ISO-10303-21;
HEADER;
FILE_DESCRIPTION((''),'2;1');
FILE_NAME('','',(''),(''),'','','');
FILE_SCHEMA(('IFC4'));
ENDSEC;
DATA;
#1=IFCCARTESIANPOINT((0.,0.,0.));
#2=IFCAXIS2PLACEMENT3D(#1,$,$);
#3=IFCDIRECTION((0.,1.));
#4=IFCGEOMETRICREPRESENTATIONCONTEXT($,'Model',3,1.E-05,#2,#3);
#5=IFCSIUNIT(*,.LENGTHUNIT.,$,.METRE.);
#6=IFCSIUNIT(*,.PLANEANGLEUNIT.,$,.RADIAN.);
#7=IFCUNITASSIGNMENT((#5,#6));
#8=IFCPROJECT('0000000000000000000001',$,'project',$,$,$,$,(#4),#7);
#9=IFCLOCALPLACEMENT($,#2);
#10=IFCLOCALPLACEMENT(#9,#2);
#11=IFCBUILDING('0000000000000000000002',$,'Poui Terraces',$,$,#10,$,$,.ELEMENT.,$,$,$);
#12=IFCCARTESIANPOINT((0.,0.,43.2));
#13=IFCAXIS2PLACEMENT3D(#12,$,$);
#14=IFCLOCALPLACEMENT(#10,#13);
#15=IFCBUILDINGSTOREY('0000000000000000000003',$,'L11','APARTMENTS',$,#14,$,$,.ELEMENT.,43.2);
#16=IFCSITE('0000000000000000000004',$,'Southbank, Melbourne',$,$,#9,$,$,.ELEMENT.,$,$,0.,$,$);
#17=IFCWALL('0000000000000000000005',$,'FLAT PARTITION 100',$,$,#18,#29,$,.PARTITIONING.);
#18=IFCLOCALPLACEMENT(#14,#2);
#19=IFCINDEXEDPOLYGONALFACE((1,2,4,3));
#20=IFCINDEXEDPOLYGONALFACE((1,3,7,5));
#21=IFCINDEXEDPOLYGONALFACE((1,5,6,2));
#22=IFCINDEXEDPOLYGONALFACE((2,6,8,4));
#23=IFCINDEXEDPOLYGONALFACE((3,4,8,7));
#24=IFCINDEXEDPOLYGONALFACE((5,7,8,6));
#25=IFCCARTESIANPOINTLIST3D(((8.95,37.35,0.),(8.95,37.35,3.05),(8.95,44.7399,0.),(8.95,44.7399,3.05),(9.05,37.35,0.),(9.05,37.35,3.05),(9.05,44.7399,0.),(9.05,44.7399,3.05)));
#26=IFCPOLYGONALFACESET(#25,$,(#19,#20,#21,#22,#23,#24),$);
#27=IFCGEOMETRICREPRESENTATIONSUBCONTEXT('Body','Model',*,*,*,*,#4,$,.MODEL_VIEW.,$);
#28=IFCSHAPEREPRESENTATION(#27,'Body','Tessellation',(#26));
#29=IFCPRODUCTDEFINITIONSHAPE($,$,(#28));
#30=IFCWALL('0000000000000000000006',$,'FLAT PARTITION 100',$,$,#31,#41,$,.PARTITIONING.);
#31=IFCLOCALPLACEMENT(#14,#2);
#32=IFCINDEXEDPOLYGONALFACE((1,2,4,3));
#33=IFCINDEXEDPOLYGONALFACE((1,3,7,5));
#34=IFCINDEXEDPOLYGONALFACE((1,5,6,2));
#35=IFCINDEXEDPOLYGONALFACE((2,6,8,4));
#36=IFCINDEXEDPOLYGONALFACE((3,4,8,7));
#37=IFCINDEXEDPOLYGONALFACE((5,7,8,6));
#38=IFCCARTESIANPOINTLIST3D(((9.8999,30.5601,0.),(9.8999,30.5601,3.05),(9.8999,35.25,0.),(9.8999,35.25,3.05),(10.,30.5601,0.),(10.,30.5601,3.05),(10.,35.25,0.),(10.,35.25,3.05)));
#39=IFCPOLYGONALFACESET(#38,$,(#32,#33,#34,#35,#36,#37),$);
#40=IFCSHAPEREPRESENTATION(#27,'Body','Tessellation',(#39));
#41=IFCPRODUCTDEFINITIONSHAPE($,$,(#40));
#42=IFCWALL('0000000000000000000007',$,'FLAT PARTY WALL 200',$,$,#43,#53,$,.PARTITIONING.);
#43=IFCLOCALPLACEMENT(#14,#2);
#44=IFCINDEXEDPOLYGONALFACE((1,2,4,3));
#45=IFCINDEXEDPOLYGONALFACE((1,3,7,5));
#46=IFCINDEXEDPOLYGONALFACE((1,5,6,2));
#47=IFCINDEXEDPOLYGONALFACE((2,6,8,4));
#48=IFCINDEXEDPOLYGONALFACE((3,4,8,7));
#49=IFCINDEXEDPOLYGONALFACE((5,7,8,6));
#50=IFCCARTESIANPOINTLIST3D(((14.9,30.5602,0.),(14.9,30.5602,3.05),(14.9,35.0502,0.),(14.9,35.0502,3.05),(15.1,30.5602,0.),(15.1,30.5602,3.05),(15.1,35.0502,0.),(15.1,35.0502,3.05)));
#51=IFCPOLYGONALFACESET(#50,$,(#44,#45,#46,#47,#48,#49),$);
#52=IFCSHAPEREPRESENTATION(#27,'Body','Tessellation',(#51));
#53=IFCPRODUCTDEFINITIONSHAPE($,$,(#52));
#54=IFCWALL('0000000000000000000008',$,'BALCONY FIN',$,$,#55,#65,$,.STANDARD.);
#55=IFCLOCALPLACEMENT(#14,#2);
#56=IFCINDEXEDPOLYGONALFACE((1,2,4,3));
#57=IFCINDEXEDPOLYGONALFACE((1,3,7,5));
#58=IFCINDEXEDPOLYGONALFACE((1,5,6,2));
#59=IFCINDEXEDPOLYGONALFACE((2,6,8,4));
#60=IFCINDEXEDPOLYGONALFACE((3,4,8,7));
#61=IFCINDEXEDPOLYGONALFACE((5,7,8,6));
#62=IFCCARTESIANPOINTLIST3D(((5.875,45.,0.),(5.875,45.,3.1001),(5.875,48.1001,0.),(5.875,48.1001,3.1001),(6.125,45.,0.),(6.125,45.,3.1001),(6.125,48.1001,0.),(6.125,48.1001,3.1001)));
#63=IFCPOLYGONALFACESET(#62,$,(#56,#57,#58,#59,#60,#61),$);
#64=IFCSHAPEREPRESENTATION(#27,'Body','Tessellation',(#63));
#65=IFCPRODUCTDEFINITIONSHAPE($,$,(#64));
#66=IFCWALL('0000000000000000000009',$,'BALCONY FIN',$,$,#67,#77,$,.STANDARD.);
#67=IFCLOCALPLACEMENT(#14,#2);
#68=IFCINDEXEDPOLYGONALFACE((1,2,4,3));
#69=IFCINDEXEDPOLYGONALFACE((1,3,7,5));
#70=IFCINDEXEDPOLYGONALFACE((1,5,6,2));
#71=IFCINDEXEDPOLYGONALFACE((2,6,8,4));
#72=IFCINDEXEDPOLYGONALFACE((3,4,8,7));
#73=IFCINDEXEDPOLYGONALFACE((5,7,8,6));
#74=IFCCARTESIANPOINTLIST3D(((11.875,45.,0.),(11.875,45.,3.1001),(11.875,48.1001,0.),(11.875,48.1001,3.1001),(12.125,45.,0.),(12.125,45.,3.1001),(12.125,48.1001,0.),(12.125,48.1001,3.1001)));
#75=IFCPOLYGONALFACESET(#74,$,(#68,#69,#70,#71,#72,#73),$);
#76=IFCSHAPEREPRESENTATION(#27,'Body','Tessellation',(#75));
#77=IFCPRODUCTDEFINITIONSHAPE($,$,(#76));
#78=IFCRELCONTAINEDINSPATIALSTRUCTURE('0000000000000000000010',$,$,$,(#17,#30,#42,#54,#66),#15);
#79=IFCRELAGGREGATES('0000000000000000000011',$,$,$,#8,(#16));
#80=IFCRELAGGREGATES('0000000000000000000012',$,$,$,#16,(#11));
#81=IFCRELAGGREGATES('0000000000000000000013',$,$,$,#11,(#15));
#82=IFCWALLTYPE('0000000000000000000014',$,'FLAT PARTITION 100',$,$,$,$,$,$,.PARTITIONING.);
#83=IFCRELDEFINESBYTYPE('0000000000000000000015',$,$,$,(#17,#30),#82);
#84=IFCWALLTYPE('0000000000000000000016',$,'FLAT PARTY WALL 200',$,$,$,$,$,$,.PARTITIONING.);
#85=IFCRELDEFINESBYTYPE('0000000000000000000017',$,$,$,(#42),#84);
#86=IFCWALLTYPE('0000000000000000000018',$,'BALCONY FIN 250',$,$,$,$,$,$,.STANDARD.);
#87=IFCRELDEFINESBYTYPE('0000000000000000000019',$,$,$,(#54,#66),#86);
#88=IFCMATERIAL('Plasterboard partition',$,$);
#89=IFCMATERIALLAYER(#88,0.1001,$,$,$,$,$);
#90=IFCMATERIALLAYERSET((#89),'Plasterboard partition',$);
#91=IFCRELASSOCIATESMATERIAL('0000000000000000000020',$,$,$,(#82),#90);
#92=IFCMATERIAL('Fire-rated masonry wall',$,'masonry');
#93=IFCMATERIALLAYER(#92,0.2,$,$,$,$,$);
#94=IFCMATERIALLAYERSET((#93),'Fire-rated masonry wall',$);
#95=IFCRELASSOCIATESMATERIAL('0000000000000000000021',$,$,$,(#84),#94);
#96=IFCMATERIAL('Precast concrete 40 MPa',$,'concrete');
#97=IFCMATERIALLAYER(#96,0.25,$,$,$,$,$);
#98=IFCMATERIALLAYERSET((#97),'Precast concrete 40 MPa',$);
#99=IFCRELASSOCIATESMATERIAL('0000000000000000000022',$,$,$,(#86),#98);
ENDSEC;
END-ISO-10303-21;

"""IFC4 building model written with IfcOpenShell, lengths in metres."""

from ifc_helpers import new_model, si_unit, direction, frame, frame_2d, origin, place, context, subcontext, project, spatial, polyline, rectangle, outline, extrude, source, transform, mapped, material, layer, layer_set, type_object, element, save


model = new_model("IFC4")

# Units and contexts
model_context = context("Model", 3, precision=1e-05, world=origin(), true_north=direction((0.0, 1.0)))
body_context = subcontext(model_context, "Body", "Model", "MODEL_VIEW")
ifc_project = project(units=[si_unit("LENGTHUNIT", "METRE"), si_unit("PLANEANGLEUNIT", "RADIAN")], contexts=[model_context])

# Site, building, storey
site_placement = place(None, origin())
site = spatial("IfcSite", under=ifc_project, at=site_placement, Name="Southbank, Melbourne", CompositionType="ELEMENT", RefElevation=0.0)
building_placement = place(site_placement, origin())
building = spatial("IfcBuilding", under=site, at=building_placement, Name="Poui Terraces", CompositionType="ELEMENT")
storey_placement = place(building_placement, frame((0.0, 0.0, 43.2)))
storey = spatial("IfcBuildingStorey", under=building, at=storey_placement, Name="L11", Description="APARTMENTS", CompositionType="ELEMENT", Elevation=43.2)

# Shared definitions
ifc_material_1 = material(Name="Plasterboard partition")
ifc_layer_1 = layer(ifc_material_1, 0.1001)
ifc_layer_set_1 = layer_set([ifc_layer_1], Name="Plasterboard partition")
wall_type_1 = type_object("IfcWallType", Name="FLAT PARTITION 100", PredefinedType="PARTITIONING", material=ifc_layer_set_1)

# Walls
wall_1_placement = place(storey_placement, frame((9.0, 37.3501, 0.0), z_axis=(0.0, 0.0, 1.0), x_axis=(0.0, 1.0, 0.0)))
element("IfcWall", 1, at=wall_1_placement, inside=storey, type_object=wall_type_1, Name="FLAT PARTITION 100", PredefinedType="PARTITIONING", context=body_context, shape_type="SweptSolid", body=[
    extrude(rectangle(XDim=7.3899, YDim=0.1001, at=frame_2d((3.6948, 0.0))), origin(), (0.0, 0.0, 1.0), 3.05),
])
wall_2_placement = place(storey_placement, frame((9.95, 30.5601, 0.0), z_axis=(0.0, 0.0, 1.0), x_axis=(0.0, 1.0, 0.0)))
element("IfcWall", 2, at=wall_2_placement, inside=storey, type_object=wall_type_1, Name="FLAT PARTITION 100", PredefinedType="PARTITIONING", context=body_context, shape_type="SweptSolid", body=[
    extrude(rectangle(XDim=4.6899, YDim=0.1001, at=frame_2d((2.345, 0.0))), origin(), (0.0, 0.0, 1.0), 3.05),
])
ifc_material_2 = material(Name="Fire-rated masonry wall", Category="masonry")
ifc_layer_2 = layer(ifc_material_2, 0.2)
ifc_layer_set_2 = layer_set([ifc_layer_2], Name="Fire-rated masonry wall")
wall_type_2 = type_object("IfcWallType", Name="FLAT PARTY WALL 200", PredefinedType="PARTITIONING", material=ifc_layer_set_2)
wall_3_placement = place(storey_placement, frame((15.0, 30.5601, 0.0), z_axis=(0.0, 0.0, 1.0), x_axis=(0.0, 1.0, 0.0)))
element("IfcWall", 3, at=wall_3_placement, inside=storey, type_object=wall_type_2, Name="FLAT PARTY WALL 200", PredefinedType="PARTITIONING", context=body_context, shape_type="SweptSolid", body=[
    extrude(rectangle(XDim=4.49, YDim=0.2, at=frame_2d((2.2451, 0.0))), origin(), (0.0, 0.0, 1.0), 3.05),
])
ifc_material_3 = material(Name="Precast concrete 40 MPa", Category="concrete")
ifc_layer_3 = layer(ifc_material_3, 0.25)
ifc_layer_set_3 = layer_set([ifc_layer_3], Name="Precast concrete 40 MPa")
wall_type_3 = type_object("IfcWallType", Name="BALCONY FIN 250", PredefinedType="STANDARD", material=ifc_layer_set_3)
shared_shape_1 = source(origin(), body_context, "Body", "SweptSolid", [
    extrude(outline(polyline([(0.0, 0.0), (0.25, 0.0), (0.25, 3.1001), (0.0, 3.1001), (0.0, 0.0)])), origin(), (0.0, 0.0, 1.0), 3.1001),
])
for number, where, name in (
    (4, (5.875, 45.0, 0.0), "BALCONY FIN"),
    (5, (11.875, 45.0, 0.0), "BALCONY FIN"),
):
    element("IfcWall", number, at=place(storey_placement, frame(where)), inside=storey, type_object=wall_type_3, Name=name, PredefinedType="STANDARD", context=body_context, shape_type="MappedRepresentation", body=[
        mapped(shared_shape_1, transform((0.0, 0.0, 0.0))),
    ])

save(model, "model.ifc")
